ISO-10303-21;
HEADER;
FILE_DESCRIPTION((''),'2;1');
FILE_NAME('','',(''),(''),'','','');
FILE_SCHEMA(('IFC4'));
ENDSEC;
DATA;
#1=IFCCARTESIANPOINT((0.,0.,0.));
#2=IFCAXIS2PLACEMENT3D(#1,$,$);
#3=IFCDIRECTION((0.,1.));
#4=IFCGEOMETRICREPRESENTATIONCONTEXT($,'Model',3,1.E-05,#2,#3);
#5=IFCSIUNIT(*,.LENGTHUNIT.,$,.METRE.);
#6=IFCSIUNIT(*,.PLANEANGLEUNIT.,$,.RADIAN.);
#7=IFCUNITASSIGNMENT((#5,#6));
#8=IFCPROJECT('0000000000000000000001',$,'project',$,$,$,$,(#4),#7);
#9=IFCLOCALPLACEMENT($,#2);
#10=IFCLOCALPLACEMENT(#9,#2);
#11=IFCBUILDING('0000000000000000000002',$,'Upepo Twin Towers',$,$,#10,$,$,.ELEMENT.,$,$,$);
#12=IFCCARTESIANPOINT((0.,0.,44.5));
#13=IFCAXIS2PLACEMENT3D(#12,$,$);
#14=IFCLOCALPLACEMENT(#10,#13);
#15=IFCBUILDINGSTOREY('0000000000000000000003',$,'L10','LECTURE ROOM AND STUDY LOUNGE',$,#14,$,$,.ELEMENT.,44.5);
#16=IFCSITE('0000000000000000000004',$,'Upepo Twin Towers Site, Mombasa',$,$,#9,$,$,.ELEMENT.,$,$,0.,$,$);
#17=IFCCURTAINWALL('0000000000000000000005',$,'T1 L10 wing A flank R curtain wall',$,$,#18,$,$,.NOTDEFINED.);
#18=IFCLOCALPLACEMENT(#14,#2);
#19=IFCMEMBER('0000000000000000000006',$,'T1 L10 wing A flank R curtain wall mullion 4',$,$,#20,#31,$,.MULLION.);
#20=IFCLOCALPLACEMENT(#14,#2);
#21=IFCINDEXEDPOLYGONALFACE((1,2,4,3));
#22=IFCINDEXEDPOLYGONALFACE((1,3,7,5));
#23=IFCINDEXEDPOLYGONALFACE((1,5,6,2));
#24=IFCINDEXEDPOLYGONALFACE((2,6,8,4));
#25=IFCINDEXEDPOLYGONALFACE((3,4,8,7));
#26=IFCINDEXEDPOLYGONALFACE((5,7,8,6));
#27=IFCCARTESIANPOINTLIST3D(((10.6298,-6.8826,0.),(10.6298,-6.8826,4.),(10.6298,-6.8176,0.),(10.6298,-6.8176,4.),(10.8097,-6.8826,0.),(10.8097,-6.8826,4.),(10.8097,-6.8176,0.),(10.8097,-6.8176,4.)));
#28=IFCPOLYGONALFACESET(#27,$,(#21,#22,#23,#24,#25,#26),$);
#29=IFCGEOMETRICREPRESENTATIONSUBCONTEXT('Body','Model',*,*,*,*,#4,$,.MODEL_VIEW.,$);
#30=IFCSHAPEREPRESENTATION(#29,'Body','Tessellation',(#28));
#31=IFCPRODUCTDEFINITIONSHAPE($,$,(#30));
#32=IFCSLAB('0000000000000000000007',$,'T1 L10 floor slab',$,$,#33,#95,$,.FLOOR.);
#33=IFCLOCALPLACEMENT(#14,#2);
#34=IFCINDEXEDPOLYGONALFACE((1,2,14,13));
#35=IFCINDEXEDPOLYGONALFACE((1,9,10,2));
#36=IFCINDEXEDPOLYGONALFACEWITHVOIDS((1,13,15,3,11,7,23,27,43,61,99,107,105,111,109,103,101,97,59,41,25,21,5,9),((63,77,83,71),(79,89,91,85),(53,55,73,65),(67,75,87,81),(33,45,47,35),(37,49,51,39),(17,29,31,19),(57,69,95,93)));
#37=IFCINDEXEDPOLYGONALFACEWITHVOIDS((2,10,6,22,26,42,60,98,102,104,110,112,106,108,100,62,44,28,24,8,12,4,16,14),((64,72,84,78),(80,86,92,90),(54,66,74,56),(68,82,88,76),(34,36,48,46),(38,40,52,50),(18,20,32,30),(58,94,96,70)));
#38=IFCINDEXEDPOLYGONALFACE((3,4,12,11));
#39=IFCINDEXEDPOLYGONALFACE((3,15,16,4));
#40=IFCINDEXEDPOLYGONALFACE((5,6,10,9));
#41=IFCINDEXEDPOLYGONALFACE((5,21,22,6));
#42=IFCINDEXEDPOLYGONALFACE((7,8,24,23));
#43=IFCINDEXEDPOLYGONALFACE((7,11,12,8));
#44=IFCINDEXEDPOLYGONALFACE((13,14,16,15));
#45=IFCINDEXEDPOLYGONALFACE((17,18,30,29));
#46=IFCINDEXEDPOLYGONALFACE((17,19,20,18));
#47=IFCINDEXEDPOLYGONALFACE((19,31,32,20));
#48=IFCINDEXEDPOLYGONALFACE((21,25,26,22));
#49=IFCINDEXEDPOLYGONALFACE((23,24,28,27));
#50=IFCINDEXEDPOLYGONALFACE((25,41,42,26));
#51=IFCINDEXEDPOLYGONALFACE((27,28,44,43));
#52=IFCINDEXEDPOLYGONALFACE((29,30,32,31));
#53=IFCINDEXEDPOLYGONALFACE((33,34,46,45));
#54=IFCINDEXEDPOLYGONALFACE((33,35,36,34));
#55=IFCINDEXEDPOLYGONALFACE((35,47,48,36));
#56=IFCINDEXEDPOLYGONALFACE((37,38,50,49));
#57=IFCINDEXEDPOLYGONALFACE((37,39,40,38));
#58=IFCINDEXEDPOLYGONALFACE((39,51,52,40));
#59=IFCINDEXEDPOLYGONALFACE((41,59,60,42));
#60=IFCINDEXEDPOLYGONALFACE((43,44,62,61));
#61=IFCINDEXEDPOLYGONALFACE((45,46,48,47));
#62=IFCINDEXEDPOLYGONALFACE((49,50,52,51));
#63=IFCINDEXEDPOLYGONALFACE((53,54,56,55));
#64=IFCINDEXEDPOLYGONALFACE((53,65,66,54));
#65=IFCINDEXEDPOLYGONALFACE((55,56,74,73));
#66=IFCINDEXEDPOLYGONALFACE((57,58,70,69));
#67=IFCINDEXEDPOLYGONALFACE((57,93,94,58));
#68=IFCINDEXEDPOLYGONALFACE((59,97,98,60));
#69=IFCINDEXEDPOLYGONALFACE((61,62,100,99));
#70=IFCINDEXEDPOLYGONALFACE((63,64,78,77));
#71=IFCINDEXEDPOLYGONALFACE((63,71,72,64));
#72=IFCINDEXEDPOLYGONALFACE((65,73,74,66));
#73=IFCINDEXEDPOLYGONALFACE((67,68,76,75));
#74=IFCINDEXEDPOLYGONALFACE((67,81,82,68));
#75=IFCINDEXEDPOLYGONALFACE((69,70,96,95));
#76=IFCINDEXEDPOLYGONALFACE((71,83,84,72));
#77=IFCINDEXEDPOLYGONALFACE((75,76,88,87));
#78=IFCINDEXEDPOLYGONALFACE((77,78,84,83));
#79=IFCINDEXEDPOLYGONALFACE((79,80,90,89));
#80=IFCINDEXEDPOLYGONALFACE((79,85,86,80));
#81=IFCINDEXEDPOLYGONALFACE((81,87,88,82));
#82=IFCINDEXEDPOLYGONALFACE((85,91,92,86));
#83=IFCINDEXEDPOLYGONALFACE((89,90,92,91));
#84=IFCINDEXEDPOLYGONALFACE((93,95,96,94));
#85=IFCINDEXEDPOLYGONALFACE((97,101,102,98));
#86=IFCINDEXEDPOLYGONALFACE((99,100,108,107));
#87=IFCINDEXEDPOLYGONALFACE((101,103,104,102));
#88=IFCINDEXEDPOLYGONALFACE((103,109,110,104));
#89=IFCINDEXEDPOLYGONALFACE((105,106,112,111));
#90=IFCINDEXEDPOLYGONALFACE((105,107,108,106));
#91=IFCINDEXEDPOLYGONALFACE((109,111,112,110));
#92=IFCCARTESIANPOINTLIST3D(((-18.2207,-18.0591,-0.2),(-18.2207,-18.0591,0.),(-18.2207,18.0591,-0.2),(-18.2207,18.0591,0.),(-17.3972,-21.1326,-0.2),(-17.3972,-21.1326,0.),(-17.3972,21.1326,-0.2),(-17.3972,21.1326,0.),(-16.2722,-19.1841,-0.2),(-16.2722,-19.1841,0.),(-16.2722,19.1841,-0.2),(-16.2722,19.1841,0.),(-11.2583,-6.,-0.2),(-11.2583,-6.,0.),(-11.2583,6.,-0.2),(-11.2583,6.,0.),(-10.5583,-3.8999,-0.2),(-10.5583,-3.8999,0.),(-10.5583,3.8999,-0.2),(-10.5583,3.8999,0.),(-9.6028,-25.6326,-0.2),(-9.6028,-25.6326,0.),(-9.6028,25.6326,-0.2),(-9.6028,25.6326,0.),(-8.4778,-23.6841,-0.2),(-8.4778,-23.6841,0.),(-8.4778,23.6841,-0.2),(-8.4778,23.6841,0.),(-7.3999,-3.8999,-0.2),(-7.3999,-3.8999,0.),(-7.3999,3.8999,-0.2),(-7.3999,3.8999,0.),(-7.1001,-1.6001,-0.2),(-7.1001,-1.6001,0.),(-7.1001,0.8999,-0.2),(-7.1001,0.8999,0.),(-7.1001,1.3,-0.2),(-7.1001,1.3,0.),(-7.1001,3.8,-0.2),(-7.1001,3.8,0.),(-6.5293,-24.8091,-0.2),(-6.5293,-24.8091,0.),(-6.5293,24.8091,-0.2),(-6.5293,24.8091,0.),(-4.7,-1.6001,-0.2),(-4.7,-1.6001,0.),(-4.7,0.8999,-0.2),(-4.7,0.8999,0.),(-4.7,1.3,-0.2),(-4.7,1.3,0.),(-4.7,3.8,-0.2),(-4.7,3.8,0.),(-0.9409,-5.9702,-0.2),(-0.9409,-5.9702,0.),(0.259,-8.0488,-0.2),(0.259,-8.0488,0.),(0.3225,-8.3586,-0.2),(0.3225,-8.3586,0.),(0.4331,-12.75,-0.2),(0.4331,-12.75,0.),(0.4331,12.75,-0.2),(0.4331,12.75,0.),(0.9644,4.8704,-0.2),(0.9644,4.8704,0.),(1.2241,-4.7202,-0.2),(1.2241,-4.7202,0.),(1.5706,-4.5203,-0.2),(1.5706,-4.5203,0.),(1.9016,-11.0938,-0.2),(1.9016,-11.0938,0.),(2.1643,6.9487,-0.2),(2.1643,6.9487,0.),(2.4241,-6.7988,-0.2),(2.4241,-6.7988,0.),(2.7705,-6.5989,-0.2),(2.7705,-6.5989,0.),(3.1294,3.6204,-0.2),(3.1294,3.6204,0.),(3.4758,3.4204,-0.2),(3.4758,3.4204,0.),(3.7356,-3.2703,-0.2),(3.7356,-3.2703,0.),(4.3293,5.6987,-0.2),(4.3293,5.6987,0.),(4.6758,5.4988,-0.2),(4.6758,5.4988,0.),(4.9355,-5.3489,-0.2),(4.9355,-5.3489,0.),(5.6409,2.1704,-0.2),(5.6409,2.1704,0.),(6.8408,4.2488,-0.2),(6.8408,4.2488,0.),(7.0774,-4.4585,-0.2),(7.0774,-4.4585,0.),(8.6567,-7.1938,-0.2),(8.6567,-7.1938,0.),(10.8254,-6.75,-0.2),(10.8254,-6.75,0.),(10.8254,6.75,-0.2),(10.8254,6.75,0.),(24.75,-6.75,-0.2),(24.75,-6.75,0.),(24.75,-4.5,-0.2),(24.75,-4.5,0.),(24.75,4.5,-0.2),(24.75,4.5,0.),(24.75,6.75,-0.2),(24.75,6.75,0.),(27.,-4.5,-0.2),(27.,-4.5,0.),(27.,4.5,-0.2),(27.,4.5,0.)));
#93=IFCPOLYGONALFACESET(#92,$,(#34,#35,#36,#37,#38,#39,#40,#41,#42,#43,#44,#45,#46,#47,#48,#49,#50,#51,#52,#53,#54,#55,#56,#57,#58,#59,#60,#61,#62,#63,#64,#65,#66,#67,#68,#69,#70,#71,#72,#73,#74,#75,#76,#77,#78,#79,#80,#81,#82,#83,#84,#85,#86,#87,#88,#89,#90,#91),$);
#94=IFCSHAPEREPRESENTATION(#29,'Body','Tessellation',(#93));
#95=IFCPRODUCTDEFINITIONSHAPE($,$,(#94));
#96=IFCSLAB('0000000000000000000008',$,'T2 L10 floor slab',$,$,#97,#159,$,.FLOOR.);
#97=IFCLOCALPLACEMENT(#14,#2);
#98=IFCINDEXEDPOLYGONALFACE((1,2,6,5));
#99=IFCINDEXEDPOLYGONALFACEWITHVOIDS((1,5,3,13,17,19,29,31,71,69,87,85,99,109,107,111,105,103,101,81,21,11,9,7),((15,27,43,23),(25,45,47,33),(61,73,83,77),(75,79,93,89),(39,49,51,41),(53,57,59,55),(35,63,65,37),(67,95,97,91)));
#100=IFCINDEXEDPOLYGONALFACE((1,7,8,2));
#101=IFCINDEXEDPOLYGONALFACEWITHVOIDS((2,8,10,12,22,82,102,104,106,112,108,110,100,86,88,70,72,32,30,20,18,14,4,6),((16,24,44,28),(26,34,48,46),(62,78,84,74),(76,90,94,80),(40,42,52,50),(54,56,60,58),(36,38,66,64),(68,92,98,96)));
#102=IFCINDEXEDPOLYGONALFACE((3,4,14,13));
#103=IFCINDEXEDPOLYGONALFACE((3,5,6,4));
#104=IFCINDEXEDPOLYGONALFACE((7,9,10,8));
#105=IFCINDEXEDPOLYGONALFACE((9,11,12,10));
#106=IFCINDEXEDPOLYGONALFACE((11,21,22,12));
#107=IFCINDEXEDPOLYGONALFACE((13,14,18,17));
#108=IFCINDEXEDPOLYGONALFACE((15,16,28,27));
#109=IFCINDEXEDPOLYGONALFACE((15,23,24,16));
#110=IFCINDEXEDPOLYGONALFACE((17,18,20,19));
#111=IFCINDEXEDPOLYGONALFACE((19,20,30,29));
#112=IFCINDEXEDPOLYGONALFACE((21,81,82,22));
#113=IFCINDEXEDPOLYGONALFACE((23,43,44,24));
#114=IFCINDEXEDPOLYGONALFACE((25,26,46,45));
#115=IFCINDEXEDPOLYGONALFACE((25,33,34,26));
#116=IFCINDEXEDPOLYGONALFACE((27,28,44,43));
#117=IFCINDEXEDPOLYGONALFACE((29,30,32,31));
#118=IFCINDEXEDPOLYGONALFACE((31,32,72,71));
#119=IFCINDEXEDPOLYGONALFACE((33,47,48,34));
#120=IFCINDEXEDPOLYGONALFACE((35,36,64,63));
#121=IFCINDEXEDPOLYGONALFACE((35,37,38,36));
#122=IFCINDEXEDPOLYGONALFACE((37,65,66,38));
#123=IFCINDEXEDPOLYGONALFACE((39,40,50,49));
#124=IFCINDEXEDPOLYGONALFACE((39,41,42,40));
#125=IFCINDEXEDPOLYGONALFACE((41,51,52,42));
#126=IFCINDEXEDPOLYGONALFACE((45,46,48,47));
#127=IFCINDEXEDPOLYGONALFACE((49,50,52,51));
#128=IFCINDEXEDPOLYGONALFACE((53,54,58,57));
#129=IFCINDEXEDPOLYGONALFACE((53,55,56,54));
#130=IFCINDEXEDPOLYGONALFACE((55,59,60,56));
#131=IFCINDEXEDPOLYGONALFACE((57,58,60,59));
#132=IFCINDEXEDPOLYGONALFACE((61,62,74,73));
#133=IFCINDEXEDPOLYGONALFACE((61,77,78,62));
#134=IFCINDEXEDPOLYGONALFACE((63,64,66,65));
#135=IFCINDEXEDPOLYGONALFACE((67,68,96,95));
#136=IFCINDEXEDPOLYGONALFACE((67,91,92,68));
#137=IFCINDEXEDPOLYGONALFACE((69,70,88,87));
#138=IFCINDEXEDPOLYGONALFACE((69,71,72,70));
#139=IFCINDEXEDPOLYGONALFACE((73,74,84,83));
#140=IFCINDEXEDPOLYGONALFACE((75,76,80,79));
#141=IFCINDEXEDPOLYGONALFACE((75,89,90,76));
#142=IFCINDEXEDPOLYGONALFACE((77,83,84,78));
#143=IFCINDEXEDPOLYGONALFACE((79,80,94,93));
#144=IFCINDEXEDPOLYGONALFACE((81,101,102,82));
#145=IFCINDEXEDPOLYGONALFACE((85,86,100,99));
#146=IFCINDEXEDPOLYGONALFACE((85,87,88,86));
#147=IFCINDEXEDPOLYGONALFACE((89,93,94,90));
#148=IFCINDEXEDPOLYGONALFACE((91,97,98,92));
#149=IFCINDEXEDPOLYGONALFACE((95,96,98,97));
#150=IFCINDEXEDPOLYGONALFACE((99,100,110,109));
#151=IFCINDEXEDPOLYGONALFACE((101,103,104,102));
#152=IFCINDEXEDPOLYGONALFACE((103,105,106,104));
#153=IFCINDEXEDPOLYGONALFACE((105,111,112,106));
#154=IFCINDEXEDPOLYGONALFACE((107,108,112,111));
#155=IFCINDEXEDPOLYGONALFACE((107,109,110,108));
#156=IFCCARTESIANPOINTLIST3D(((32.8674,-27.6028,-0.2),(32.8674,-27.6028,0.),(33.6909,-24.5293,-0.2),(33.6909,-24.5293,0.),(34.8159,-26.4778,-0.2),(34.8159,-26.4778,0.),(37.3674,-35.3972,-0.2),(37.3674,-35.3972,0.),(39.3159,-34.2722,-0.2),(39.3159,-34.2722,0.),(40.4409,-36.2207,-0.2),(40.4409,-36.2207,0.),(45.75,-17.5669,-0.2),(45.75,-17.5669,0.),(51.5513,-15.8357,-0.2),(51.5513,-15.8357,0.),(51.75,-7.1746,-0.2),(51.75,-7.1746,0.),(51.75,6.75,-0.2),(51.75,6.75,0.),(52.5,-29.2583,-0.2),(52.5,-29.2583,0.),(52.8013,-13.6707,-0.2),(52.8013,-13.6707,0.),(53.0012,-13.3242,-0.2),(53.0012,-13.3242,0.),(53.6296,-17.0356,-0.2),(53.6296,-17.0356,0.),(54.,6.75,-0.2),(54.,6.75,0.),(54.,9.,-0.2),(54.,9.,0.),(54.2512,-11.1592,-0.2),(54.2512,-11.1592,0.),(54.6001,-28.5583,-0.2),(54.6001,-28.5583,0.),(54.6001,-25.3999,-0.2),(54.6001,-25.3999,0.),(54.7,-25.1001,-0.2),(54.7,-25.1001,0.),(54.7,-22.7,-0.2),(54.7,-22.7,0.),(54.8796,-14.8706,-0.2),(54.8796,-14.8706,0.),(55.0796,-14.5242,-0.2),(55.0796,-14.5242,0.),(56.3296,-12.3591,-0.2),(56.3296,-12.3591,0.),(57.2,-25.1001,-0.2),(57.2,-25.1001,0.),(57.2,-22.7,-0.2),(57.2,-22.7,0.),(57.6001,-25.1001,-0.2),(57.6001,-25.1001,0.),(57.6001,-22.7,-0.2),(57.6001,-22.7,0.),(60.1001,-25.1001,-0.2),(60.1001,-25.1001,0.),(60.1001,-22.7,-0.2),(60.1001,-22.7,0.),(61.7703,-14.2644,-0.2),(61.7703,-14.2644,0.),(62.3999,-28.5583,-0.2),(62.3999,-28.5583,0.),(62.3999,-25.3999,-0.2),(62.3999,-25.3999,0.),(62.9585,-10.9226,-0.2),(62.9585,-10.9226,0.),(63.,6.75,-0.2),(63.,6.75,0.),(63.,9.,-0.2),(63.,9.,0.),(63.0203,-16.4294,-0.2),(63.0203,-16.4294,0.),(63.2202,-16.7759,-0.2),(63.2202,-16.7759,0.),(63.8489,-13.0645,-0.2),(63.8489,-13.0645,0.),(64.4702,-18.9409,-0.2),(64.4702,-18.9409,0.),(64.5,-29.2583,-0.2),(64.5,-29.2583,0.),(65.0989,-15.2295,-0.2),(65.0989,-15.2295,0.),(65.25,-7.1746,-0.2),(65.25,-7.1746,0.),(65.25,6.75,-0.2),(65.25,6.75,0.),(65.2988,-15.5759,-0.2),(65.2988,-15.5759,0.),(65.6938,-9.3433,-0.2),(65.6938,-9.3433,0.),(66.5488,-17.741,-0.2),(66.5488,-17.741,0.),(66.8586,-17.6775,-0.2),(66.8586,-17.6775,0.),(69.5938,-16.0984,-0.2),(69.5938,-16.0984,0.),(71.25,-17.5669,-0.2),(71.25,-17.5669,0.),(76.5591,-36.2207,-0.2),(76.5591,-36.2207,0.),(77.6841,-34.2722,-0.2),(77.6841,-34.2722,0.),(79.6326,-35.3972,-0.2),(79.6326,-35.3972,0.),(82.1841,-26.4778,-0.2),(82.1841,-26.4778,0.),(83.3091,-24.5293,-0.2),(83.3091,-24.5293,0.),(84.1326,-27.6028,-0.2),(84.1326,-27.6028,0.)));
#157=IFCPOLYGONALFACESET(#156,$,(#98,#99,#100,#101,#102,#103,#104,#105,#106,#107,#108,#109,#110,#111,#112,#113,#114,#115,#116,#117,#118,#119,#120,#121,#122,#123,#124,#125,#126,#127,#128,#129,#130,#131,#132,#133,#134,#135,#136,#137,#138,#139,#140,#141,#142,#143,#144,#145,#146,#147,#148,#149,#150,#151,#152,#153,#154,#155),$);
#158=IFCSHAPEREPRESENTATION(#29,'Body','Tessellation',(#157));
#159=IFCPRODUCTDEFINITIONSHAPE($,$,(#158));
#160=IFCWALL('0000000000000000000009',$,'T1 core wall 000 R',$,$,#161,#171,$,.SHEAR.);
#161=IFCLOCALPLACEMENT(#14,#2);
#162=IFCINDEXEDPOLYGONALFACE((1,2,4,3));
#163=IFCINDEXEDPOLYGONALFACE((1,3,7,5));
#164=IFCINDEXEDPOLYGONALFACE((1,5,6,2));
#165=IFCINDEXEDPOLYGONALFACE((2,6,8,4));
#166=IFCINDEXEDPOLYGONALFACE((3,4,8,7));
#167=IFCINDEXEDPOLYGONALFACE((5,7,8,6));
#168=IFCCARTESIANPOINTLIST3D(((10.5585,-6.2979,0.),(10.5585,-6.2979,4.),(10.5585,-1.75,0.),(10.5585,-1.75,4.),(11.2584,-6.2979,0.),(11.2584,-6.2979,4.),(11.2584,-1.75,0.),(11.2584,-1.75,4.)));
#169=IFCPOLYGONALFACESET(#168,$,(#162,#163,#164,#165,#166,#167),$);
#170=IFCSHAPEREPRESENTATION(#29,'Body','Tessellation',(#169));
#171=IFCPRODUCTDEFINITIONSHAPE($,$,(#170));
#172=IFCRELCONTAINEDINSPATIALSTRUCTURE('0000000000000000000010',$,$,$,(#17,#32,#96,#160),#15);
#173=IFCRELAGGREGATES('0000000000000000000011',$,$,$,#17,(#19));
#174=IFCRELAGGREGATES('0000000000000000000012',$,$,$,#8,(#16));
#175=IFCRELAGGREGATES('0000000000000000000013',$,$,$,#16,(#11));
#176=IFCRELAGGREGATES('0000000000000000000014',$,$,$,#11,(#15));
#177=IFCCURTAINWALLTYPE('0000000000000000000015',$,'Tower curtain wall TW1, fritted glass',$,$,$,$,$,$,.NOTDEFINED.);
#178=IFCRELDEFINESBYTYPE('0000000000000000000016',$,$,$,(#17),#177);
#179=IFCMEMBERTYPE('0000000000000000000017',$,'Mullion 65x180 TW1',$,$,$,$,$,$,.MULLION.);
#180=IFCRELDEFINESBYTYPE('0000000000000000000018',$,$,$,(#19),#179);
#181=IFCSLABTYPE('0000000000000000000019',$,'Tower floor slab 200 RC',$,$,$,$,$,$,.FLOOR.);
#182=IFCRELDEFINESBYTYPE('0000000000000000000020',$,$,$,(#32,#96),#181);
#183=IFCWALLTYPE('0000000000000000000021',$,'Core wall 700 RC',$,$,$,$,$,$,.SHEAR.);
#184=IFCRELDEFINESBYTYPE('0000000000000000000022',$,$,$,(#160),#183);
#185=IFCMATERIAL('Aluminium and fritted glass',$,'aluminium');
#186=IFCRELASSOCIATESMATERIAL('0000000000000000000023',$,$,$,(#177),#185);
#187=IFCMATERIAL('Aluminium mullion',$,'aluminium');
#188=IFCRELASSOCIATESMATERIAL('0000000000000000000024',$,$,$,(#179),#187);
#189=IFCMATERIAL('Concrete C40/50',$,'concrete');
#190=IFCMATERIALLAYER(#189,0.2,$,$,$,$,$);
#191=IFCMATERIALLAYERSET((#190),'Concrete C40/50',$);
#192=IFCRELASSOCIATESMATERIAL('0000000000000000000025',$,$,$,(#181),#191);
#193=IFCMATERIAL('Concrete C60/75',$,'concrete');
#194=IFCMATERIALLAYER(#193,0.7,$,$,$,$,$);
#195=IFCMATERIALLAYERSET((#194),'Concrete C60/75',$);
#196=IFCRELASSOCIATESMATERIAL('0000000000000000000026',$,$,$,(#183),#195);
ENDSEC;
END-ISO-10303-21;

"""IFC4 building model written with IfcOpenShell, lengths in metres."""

from ifc_helpers import new_model, si_unit, direction, frame, frame_2d, origin, origin_2d, place, context, subcontext, project, spatial, polyline, rectangle, outline, extrude, material, layer, layer_set, material_profile, profile_set, type_object, element, aggregate, save


model = new_model("IFC4")

# Units and contexts
model_context = context("Model", 3, precision=1e-05, world=origin(), true_north=direction((0.0, 1.0)))
body_context = subcontext(model_context, "Body", "Model", "MODEL_VIEW")
ifc_project = project(units=[si_unit("LENGTHUNIT", "METRE"), si_unit("PLANEANGLEUNIT", "RADIAN")], contexts=[model_context])

# Site, building, storey
site_placement = place(None, origin())
site = spatial("IfcSite", under=ifc_project, at=site_placement, Name="Upepo Twin Towers Site, Mombasa", CompositionType="ELEMENT", RefElevation=0.0)
building_placement = place(site_placement, origin())
building = spatial("IfcBuilding", under=site, at=building_placement, Name="Upepo Twin Towers", CompositionType="ELEMENT")
storey_placement = place(building_placement, frame((0.0, 0.0, 44.5)))
storey = spatial("IfcBuildingStorey", under=building, at=storey_placement, Name="L10", Description="LECTURE ROOM AND STUDY LOUNGE", CompositionType="ELEMENT", Elevation=44.5)

# Curtain wall, member
ifc_material_1 = material(Name="Aluminium and fritted glass", Category="aluminium")
curtain_wall_type = type_object("IfcCurtainWallType", Name="Tower curtain wall TW1, fritted glass", PredefinedType="NOTDEFINED", material=ifc_material_1)
curtain_wall_placement = place(storey_placement, origin())
curtain_wall = element("IfcCurtainWall", 1, at=curtain_wall_placement, inside=storey, type_object=curtain_wall_type, Name="T1 L10 wing A flank R curtain wall", PredefinedType="NOTDEFINED")
ifc_material_2 = material(Name="Aluminium mullion", Category="aluminium")
ifc_material_profile = material_profile(ifc_material_2, rectangle(XDim=0.0649, YDim=0.1799, at=origin_2d()), Name="MULLION 65x180")
ifc_profile_set = profile_set([ifc_material_profile], Name="Aluminium mullion")
member_type = type_object("IfcMemberType", Name="Mullion 65x180 TW1", PredefinedType="MULLION", material=ifc_profile_set)
member_placement = place(storey_placement, frame((10.7197, -6.8501, 0.0), z_axis=(0.0, 0.0, 1.0), x_axis=(0.0, -1.0, 0.0)))
member = element("IfcMember", 2, at=member_placement, type_object=member_type, Name="T1 L10 wing A flank R curtain wall mullion 4", PredefinedType="MULLION", context=body_context, shape_type="SweptSolid", body=[
    extrude(rectangle(XDim=0.0649, YDim=0.1799, at=origin_2d()), origin(), (0.0, 0.0, 1.0), 4.0),
])
aggregate(curtain_wall, [member])

# Slabs
ifc_material_3 = material(Name="Concrete C40/50", Category="concrete")
ifc_layer_1 = layer(ifc_material_3, 0.2)
ifc_layer_set_1 = layer_set([ifc_layer_1], Name="Concrete C40/50")
slab_type = type_object("IfcSlabType", Name="Tower floor slab 200 RC", PredefinedType="FLOOR", material=ifc_layer_set_1)
slab_1_placement = place(storey_placement, frame((0.0, 0.0, -0.2)))
element("IfcSlab", 3, at=slab_1_placement, inside=storey, type_object=slab_type, Name="T1 L10 floor slab", PredefinedType="FLOOR", context=body_context, shape_type="SweptSolid", body=[
    extrude(outline(polyline([(-8.4778, -23.6841), (-9.6028, -25.6326), (-17.3972, -21.1326), (-16.2722, -19.1841), (-18.2207, -18.0591), (-11.2583, -6.0), (-11.2583, 6.0), (-18.2207, 18.0591), (-16.2722, 19.1841), (-17.3972, 21.1326), (-9.6028, 25.6326), (-8.4778, 23.6841), (-6.5293, 24.8091), (0.4331, 12.75), (10.8254, 6.75), (24.75, 6.75), (24.75, 4.5), (27.0, 4.5), (27.0, -4.5), (24.75, -4.5), (24.75, -6.75), (10.8254, -6.75), (0.4331, -12.75), (-6.5293, -24.8091), (-8.4778, -23.6841)]), holes=[polyline([(5.6409, 2.1704), (6.8408, 4.2488), (4.6758, 5.4988), (3.4758, 3.4204), (5.6409, 2.1704)]), polyline([(3.1294, 3.6204), (4.3293, 5.6987), (2.1643, 6.9487), (0.9644, 4.8704), (3.1294, 3.6204)]), polyline([(-4.7, 3.8), (-7.1001, 3.8), (-7.1001, 1.3), (-4.7, 1.3), (-4.7, 3.8)]), polyline([(-4.7, 0.8999), (-7.1001, 0.8999), (-7.1001, -1.6001), (-4.7, -1.6001), (-4.7, 0.8999)]), polyline([(-7.3999, 3.8999), (-10.5583, 3.8999), (-10.5583, -3.8999), (-7.3999, -3.8999), (-7.3999, 3.8999)]), polyline([(-0.9409, -5.9702), (0.259, -8.0488), (2.4241, -6.7988), (1.2241, -4.7202), (-0.9409, -5.9702)]), polyline([(1.5706, -4.5203), (2.7705, -6.5989), (4.9355, -5.3489), (3.7356, -3.2703), (1.5706, -4.5203)]), polyline([(0.3225, -8.3586), (1.9016, -11.0938), (8.6567, -7.1938), (7.0774, -4.4585), (0.3225, -8.3586)])]), origin(), (0.0, 0.0, 1.0), 0.2),
])
slab_2_placement = place(storey_placement, frame((0.0, 0.0, -0.2)))
element("IfcSlab", 4, at=slab_2_placement, inside=storey, type_object=slab_type, Name="T2 L10 floor slab", PredefinedType="FLOOR", context=body_context, shape_type="SweptSolid", body=[
    extrude(outline(polyline([(82.1841, -26.4778), (84.1326, -27.6028), (79.6326, -35.3972), (77.6841, -34.2722), (76.5591, -36.2207), (64.5, -29.2583), (52.5, -29.2583), (40.4409, -36.2207), (39.3159, -34.2722), (37.3674, -35.3972), (32.8674, -27.6028), (34.8159, -26.4778), (33.6909, -24.5293), (45.75, -17.5669), (51.75, -7.1746), (51.75, 6.75), (54.0, 6.75), (54.0, 9.0), (63.0, 9.0), (63.0, 6.75), (65.25, 6.75), (65.25, -7.1746), (71.25, -17.5669), (83.3091, -24.5293), (82.1841, -26.4778)]), holes=[polyline([(56.3296, -12.3591), (54.2512, -11.1592), (53.0012, -13.3242), (55.0796, -14.5242), (56.3296, -12.3591)]), polyline([(54.8796, -14.8706), (52.8013, -13.6707), (51.5513, -15.8357), (53.6296, -17.0356), (54.8796, -14.8706)]), polyline([(54.7, -22.7), (54.7, -25.1001), (57.2, -25.1001), (57.2, -22.7), (54.7, -22.7)]), polyline([(57.6001, -22.7), (57.6001, -25.1001), (60.1001, -25.1001), (60.1001, -22.7), (57.6001, -22.7)]), polyline([(54.6001, -25.3999), (54.6001, -28.5583), (62.3999, -28.5583), (62.3999, -25.3999), (54.6001, -25.3999)]), polyline([(64.4702, -18.9409), (66.5488, -17.741), (65.2988, -15.5759), (63.2202, -16.7759), (64.4702, -18.9409)]), polyline([(63.0203, -16.4294), (65.0989, -15.2295), (63.8489, -13.0645), (61.7703, -14.2644), (63.0203, -16.4294)]), polyline([(66.8586, -17.6775), (69.5938, -16.0984), (65.6938, -9.3433), (62.9585, -10.9226), (66.8586, -17.6775)])]), origin(), (0.0, 0.0, 1.0), 0.2),
])

# Wall
ifc_material_4 = material(Name="Concrete C60/75", Category="concrete")
ifc_layer_2 = layer(ifc_material_4, 0.7)
ifc_layer_set_2 = layer_set([ifc_layer_2], Name="Concrete C60/75")
wall_type_1 = type_object("IfcWallType", Name="Core wall 700 RC", PredefinedType="SHEAR", material=ifc_layer_set_2)
wall_1_placement = place(storey_placement, frame((10.9084, -6.2979, 0.0), z_axis=(0.0, 0.0, 1.0), x_axis=(0.0, 1.0, 0.0)))
element("IfcWall", 5, at=wall_1_placement, inside=storey, type_object=wall_type_1, Name="T1 core wall 000 R", PredefinedType="SHEAR", context=body_context, shape_type="SweptSolid", body=[
    extrude(rectangle(XDim=4.5479, YDim=0.7, at=frame_2d((2.2739, 0.0))), origin(), (0.0, 0.0, 1.0), 4.0),
])

save(model, "model.ifc")
